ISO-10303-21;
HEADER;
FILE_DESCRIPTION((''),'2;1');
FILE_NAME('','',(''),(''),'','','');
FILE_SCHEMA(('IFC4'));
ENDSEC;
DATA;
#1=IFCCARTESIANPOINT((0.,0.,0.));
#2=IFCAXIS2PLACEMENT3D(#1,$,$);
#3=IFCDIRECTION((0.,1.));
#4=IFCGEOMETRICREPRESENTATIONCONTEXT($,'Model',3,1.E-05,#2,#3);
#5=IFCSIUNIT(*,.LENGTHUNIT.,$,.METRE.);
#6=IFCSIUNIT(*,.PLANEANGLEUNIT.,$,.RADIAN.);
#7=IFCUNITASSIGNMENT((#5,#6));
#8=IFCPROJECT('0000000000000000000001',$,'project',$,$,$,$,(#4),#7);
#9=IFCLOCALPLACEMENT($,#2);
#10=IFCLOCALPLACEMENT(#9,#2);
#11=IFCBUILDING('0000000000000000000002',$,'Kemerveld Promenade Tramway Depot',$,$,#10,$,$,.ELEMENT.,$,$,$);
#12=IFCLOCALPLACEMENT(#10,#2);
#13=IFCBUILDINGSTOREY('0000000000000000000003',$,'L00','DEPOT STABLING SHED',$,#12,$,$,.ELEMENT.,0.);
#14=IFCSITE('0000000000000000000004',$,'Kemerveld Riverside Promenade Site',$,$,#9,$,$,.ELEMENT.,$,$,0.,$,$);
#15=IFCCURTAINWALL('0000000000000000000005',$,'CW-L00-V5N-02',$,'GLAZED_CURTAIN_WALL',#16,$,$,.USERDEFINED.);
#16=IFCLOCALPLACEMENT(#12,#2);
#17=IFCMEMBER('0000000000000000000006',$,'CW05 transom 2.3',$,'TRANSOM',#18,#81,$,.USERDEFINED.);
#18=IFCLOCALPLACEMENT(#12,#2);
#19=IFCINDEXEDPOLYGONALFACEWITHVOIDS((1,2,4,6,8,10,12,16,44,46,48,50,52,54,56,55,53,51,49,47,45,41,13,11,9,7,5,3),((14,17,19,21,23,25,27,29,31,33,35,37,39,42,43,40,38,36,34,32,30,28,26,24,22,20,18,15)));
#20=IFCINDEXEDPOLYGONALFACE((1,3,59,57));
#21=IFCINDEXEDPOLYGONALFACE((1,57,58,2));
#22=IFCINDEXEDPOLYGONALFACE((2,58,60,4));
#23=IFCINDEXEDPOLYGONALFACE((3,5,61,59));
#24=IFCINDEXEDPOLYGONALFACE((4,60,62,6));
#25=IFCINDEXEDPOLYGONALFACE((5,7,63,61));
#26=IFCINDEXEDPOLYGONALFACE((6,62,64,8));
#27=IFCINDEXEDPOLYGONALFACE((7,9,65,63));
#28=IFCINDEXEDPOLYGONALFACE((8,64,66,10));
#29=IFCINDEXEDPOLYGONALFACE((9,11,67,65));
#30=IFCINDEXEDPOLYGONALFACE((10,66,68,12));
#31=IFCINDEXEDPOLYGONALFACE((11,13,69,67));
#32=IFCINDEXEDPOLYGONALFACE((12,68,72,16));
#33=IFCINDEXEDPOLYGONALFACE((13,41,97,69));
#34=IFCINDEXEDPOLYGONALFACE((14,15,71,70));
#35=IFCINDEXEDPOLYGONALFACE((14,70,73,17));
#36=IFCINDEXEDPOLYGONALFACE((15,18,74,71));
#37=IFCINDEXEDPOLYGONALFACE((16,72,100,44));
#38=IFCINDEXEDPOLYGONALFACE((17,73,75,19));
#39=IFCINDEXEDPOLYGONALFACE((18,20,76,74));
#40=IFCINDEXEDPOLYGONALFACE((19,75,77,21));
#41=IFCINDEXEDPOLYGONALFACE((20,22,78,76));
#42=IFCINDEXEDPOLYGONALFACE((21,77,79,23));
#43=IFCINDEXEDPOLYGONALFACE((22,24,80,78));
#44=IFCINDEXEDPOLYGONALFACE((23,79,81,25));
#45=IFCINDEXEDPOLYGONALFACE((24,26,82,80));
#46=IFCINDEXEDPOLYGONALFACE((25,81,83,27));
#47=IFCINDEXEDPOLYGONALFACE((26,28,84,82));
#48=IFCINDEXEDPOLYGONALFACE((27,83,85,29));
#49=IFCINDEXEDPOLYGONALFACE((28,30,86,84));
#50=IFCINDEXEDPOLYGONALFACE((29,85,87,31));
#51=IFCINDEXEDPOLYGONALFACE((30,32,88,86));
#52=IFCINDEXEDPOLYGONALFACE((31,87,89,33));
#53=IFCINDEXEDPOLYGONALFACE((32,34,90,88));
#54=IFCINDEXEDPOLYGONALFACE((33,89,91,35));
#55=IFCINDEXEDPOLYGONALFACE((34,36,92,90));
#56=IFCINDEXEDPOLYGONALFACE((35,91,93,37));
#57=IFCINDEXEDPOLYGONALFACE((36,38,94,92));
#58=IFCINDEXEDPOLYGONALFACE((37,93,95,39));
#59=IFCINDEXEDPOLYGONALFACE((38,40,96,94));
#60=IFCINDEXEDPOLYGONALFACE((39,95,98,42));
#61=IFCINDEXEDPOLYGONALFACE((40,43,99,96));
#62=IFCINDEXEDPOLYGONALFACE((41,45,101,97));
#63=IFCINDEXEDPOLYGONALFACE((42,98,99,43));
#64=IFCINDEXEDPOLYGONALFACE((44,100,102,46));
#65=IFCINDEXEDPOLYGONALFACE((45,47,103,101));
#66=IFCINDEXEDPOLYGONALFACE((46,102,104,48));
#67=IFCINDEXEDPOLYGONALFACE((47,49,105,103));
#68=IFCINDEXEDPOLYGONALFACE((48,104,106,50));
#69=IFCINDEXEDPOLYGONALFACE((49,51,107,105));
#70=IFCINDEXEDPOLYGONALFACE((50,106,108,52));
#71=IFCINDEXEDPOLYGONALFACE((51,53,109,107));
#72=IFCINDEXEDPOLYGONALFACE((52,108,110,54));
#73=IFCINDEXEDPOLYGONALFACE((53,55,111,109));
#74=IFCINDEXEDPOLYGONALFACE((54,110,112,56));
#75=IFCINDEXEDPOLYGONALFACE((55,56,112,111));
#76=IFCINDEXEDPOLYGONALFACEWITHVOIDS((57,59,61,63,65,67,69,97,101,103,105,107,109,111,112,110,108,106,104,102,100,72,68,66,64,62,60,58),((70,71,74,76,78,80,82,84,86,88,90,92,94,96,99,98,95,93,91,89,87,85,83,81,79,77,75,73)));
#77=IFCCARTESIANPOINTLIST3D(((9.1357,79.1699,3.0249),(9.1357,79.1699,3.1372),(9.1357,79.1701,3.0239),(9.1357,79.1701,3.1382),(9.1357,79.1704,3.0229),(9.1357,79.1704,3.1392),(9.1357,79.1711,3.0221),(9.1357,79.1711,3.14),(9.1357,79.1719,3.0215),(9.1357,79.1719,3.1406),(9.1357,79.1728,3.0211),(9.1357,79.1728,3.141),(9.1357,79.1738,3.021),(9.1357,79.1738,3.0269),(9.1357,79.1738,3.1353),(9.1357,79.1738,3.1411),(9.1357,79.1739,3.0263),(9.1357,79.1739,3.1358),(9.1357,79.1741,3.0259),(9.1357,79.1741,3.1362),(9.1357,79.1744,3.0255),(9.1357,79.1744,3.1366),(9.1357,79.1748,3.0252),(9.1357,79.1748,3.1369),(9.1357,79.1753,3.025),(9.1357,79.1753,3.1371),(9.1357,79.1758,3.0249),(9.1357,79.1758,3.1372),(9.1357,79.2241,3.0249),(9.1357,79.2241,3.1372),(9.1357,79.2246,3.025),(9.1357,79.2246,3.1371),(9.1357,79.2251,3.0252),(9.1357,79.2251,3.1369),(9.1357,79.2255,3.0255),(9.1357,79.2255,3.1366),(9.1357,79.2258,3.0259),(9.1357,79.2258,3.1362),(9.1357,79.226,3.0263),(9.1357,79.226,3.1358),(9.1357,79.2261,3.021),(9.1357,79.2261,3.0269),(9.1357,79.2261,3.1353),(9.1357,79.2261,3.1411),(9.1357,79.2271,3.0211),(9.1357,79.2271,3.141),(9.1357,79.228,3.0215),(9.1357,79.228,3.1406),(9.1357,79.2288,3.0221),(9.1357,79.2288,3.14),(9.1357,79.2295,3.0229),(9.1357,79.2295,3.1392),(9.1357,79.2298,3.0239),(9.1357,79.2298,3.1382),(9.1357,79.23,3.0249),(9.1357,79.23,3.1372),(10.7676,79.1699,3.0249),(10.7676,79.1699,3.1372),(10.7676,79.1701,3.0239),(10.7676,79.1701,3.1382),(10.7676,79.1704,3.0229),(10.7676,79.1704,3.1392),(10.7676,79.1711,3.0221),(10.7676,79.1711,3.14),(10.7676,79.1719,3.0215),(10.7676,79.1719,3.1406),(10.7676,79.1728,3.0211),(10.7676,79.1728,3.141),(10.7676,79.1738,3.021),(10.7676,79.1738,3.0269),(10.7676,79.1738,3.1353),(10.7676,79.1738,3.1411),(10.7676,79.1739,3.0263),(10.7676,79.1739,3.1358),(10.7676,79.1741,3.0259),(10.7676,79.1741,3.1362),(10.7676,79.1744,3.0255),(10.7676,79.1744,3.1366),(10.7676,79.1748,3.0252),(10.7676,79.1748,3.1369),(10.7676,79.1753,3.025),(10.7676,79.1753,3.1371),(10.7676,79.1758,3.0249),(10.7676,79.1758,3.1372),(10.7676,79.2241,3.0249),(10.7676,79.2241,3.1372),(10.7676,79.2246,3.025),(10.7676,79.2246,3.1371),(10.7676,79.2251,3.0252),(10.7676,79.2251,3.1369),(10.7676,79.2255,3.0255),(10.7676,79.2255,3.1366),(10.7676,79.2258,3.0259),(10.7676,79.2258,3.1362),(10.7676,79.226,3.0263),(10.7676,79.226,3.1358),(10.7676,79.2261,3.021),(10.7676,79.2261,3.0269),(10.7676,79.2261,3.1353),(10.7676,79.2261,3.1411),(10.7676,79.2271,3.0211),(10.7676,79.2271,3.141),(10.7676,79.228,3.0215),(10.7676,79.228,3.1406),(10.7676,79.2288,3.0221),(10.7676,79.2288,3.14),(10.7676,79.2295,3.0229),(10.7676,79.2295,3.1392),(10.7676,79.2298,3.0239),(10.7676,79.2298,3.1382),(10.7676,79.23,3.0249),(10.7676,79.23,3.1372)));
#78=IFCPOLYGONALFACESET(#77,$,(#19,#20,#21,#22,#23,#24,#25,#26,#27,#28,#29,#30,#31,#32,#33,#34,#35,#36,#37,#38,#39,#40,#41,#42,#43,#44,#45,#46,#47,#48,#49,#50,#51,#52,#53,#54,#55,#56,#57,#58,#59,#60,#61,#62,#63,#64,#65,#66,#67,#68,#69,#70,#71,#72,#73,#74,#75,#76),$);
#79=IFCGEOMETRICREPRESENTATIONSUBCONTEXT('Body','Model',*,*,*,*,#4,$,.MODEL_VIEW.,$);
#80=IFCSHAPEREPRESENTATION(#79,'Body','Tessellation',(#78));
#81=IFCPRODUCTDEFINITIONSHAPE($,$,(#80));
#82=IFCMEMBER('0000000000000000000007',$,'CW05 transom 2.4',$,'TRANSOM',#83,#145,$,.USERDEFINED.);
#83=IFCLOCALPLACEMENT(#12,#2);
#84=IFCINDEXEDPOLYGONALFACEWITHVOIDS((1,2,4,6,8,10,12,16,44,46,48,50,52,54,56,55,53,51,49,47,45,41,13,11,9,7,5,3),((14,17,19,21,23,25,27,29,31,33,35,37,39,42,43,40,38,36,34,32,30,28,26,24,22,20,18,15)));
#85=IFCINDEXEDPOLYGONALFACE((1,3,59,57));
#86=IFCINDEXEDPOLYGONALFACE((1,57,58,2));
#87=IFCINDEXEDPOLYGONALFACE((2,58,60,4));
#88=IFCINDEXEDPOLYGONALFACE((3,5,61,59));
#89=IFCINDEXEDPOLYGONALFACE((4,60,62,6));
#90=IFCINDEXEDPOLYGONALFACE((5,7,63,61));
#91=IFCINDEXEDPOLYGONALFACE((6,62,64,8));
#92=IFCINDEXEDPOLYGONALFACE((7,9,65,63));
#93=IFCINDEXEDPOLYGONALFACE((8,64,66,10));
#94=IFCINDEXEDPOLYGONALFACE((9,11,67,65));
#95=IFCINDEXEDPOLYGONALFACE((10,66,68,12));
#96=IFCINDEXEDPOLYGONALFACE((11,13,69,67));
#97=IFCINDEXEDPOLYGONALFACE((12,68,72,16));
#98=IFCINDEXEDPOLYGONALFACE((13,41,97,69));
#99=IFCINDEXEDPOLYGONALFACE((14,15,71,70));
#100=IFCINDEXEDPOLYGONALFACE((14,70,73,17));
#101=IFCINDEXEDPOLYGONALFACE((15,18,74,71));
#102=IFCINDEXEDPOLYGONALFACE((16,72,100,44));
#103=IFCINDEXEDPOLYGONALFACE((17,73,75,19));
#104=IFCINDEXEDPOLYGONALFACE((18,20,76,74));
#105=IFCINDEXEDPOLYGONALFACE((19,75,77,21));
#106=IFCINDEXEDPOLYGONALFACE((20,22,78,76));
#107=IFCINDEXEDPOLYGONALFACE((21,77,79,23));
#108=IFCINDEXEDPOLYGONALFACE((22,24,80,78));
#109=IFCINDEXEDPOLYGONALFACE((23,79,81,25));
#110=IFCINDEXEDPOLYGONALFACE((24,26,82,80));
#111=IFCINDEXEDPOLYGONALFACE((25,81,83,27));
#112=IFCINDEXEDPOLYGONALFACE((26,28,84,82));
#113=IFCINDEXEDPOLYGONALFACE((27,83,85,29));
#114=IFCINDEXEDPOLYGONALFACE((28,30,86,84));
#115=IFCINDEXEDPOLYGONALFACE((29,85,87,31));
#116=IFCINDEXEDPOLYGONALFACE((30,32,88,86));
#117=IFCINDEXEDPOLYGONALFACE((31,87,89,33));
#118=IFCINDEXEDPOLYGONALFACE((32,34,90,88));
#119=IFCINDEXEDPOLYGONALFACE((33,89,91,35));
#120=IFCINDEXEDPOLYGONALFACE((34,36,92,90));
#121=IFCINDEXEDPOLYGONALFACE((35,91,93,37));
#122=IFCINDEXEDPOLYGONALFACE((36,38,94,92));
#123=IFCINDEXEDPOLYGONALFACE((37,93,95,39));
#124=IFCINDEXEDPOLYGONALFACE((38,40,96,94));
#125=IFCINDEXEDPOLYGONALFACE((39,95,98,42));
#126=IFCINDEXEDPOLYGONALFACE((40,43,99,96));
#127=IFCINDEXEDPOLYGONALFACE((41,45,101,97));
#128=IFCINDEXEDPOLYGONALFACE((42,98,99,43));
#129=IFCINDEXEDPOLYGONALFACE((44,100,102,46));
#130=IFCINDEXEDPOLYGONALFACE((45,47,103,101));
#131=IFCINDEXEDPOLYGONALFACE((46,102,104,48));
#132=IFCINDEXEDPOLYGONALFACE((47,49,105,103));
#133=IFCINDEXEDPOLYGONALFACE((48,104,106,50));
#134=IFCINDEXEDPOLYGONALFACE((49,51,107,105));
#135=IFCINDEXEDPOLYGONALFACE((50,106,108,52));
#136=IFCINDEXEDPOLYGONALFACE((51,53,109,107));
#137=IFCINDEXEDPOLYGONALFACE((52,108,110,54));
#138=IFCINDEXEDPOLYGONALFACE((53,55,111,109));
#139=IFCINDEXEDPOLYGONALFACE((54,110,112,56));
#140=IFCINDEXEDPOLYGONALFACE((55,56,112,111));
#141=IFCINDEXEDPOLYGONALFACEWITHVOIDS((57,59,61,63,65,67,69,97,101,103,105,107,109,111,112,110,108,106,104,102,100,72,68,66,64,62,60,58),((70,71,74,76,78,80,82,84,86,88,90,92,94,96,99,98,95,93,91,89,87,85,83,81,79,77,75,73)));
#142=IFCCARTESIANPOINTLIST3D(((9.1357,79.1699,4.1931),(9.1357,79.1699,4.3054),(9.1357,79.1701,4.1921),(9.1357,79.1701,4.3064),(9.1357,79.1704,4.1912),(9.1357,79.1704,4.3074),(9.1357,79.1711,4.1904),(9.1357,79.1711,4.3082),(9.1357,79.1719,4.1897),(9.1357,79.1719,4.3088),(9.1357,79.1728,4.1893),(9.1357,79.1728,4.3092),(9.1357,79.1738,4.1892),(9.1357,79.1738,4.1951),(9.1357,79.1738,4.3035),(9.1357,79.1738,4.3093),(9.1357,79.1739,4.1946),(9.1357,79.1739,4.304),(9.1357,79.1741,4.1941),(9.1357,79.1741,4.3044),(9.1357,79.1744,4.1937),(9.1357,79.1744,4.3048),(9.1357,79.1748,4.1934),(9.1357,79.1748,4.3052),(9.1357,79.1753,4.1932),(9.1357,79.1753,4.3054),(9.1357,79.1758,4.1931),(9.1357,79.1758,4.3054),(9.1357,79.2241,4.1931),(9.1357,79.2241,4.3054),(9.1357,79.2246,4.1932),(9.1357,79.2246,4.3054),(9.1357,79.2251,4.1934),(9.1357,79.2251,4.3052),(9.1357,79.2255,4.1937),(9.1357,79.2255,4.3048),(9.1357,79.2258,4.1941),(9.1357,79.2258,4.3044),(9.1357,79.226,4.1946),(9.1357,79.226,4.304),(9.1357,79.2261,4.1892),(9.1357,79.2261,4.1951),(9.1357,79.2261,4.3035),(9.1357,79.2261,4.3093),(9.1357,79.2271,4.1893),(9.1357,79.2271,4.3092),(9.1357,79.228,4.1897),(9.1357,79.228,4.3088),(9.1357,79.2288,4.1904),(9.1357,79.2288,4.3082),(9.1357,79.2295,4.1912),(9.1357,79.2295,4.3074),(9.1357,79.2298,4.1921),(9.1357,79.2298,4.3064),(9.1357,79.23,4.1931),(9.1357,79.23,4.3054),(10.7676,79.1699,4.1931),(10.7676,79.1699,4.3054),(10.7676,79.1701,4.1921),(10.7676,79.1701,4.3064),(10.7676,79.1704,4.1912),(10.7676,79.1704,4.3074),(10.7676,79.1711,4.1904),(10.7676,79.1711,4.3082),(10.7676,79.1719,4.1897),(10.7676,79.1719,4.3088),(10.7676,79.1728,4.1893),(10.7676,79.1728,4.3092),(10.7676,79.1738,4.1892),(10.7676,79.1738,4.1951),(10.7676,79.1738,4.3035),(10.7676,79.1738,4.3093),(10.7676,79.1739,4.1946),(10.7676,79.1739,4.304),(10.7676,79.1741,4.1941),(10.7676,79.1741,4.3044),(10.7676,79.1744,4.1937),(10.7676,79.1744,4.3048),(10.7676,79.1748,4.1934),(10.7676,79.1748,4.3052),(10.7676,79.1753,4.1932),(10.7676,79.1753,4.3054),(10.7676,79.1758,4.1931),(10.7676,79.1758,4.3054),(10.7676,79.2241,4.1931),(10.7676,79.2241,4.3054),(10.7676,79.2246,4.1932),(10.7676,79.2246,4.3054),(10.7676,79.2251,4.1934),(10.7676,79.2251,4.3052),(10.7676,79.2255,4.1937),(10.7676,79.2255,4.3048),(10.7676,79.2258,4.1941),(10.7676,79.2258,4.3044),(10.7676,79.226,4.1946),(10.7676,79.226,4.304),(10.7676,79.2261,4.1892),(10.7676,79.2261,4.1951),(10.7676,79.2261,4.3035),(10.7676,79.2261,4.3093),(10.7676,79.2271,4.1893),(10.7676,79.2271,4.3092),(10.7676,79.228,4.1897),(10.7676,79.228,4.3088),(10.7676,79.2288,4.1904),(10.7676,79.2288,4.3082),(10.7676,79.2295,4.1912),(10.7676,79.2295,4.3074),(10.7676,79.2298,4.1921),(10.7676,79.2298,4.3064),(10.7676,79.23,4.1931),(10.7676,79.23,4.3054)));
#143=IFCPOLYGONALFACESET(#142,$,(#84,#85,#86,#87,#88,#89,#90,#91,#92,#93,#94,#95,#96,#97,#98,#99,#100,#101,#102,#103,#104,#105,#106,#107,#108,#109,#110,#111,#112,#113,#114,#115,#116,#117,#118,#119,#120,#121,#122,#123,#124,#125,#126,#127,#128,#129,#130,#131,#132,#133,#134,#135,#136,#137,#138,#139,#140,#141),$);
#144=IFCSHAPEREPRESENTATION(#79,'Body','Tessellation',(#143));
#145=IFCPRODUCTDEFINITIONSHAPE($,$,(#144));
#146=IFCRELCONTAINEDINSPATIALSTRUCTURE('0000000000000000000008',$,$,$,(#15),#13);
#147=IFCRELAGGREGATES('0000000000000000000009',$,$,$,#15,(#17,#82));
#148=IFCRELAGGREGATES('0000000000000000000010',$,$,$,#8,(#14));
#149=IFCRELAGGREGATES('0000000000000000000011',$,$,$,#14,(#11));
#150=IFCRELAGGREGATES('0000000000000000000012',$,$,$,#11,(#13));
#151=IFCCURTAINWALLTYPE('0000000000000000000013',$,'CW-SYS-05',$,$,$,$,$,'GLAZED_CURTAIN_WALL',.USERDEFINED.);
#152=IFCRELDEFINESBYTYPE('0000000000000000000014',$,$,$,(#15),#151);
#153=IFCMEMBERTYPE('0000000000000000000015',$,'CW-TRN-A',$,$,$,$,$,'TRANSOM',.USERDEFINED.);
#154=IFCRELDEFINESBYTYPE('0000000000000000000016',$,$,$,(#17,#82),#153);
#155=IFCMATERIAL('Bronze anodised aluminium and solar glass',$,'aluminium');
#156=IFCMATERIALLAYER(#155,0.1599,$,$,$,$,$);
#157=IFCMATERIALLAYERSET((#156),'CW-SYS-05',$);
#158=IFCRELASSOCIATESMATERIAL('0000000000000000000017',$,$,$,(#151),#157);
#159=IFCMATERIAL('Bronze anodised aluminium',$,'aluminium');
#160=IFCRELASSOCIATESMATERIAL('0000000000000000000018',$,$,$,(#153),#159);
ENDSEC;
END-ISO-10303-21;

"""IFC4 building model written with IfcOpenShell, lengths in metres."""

from ifc_helpers import new_model, si_unit, direction, frame, origin, origin_2d, place, context, subcontext, project, spatial, hollow_rectangle, extrude, material, layer, layer_set, material_profile, profile_set, type_object, element, aggregate, save


model = new_model("IFC4")

# Units and contexts
model_context = context("Model", 3, precision=1e-05, world=origin(), true_north=direction((0.0, 1.0)))
body_context = subcontext(model_context, "Body", "Model", "MODEL_VIEW")
ifc_project = project(units=[si_unit("LENGTHUNIT", "METRE"), si_unit("PLANEANGLEUNIT", "RADIAN")], contexts=[model_context])

# Site, building, storey
site_placement = place(None, origin())
site = spatial("IfcSite", under=ifc_project, at=site_placement, Name="Kemerveld Riverside Promenade Site", CompositionType="ELEMENT", RefElevation=0.0)
building_placement = place(site_placement, origin())
building = spatial("IfcBuilding", under=site, at=building_placement, Name="Kemerveld Promenade Tramway Depot", CompositionType="ELEMENT")
storey_placement = place(building_placement, origin())
storey = spatial("IfcBuildingStorey", under=building, at=storey_placement, Name="L00", Description="DEPOT STABLING SHED", CompositionType="ELEMENT", Elevation=0.0)

# Curtain wall, members
ifc_material_1 = material(Name="Bronze anodised aluminium and solar glass", Category="aluminium")
ifc_layer_1 = layer(ifc_material_1, 0.1599)
ifc_layer_set_1 = layer_set([ifc_layer_1], Name="CW-SYS-05")
curtain_wall_type = type_object("IfcCurtainWallType", Name="CW-SYS-05", ElementType="GLAZED_CURTAIN_WALL", PredefinedType="USERDEFINED", material=ifc_layer_set_1)
curtain_wall_placement = place(storey_placement, origin())
curtain_wall = element("IfcCurtainWall", 1, at=curtain_wall_placement, inside=storey, type_object=curtain_wall_type, Name="CW-L00-V5N-02", ObjectType="GLAZED_CURTAIN_WALL", PredefinedType="USERDEFINED")
ifc_material_2 = material(Name="Bronze anodised aluminium", Category="aluminium")
ifc_material_profile_1 = material_profile(ifc_material_2, hollow_rectangle(XDim=0.0601, YDim=0.1201, WallThickness=0.0039, InnerFilletRadius=0.002, OuterFilletRadius=0.0039, at=origin_2d()), Name="CW-TRN-120x60")
ifc_profile_set_1 = profile_set([ifc_material_profile_1], Name="Bronze anodised aluminium")
member_type_1 = type_object("IfcMemberType", Name="CW-TRN-A", ElementType="TRANSOM", PredefinedType="USERDEFINED", material=ifc_profile_set_1)
member_1_placement = place(storey_placement, frame((9.1357, 79.2, 3.0811), z_axis=(1.0, 0.0, 0.0), x_axis=(0.0, 1.0, 0.0)))
member_1 = element("IfcMember", 2, at=member_1_placement, type_object=member_type_1, Name="CW05 transom 2.3", ObjectType="TRANSOM", PredefinedType="USERDEFINED", context=body_context, shape_type="SweptSolid", body=[
    extrude(hollow_rectangle(XDim=0.0601, YDim=0.1201, WallThickness=0.0039, InnerFilletRadius=0.002, OuterFilletRadius=0.0039, at=origin_2d()), origin(), (0.0, 0.0, 1.0), 1.6318),
])
member_2_placement = place(storey_placement, frame((9.1357, 79.2, 4.2493), z_axis=(1.0, 0.0, 0.0), x_axis=(0.0, 1.0, 0.0)))
member_2 = element("IfcMember", 3, at=member_2_placement, type_object=member_type_1, Name="CW05 transom 2.4", ObjectType="TRANSOM", PredefinedType="USERDEFINED", context=body_context, shape_type="SweptSolid", body=[
    extrude(hollow_rectangle(XDim=0.0601, YDim=0.1201, WallThickness=0.0039, InnerFilletRadius=0.002, OuterFilletRadius=0.0039, at=origin_2d()), origin(), (0.0, 0.0, 1.0), 1.6318),
])
aggregate(curtain_wall, [member_1, member_2])

save(model, "model.ifc")
